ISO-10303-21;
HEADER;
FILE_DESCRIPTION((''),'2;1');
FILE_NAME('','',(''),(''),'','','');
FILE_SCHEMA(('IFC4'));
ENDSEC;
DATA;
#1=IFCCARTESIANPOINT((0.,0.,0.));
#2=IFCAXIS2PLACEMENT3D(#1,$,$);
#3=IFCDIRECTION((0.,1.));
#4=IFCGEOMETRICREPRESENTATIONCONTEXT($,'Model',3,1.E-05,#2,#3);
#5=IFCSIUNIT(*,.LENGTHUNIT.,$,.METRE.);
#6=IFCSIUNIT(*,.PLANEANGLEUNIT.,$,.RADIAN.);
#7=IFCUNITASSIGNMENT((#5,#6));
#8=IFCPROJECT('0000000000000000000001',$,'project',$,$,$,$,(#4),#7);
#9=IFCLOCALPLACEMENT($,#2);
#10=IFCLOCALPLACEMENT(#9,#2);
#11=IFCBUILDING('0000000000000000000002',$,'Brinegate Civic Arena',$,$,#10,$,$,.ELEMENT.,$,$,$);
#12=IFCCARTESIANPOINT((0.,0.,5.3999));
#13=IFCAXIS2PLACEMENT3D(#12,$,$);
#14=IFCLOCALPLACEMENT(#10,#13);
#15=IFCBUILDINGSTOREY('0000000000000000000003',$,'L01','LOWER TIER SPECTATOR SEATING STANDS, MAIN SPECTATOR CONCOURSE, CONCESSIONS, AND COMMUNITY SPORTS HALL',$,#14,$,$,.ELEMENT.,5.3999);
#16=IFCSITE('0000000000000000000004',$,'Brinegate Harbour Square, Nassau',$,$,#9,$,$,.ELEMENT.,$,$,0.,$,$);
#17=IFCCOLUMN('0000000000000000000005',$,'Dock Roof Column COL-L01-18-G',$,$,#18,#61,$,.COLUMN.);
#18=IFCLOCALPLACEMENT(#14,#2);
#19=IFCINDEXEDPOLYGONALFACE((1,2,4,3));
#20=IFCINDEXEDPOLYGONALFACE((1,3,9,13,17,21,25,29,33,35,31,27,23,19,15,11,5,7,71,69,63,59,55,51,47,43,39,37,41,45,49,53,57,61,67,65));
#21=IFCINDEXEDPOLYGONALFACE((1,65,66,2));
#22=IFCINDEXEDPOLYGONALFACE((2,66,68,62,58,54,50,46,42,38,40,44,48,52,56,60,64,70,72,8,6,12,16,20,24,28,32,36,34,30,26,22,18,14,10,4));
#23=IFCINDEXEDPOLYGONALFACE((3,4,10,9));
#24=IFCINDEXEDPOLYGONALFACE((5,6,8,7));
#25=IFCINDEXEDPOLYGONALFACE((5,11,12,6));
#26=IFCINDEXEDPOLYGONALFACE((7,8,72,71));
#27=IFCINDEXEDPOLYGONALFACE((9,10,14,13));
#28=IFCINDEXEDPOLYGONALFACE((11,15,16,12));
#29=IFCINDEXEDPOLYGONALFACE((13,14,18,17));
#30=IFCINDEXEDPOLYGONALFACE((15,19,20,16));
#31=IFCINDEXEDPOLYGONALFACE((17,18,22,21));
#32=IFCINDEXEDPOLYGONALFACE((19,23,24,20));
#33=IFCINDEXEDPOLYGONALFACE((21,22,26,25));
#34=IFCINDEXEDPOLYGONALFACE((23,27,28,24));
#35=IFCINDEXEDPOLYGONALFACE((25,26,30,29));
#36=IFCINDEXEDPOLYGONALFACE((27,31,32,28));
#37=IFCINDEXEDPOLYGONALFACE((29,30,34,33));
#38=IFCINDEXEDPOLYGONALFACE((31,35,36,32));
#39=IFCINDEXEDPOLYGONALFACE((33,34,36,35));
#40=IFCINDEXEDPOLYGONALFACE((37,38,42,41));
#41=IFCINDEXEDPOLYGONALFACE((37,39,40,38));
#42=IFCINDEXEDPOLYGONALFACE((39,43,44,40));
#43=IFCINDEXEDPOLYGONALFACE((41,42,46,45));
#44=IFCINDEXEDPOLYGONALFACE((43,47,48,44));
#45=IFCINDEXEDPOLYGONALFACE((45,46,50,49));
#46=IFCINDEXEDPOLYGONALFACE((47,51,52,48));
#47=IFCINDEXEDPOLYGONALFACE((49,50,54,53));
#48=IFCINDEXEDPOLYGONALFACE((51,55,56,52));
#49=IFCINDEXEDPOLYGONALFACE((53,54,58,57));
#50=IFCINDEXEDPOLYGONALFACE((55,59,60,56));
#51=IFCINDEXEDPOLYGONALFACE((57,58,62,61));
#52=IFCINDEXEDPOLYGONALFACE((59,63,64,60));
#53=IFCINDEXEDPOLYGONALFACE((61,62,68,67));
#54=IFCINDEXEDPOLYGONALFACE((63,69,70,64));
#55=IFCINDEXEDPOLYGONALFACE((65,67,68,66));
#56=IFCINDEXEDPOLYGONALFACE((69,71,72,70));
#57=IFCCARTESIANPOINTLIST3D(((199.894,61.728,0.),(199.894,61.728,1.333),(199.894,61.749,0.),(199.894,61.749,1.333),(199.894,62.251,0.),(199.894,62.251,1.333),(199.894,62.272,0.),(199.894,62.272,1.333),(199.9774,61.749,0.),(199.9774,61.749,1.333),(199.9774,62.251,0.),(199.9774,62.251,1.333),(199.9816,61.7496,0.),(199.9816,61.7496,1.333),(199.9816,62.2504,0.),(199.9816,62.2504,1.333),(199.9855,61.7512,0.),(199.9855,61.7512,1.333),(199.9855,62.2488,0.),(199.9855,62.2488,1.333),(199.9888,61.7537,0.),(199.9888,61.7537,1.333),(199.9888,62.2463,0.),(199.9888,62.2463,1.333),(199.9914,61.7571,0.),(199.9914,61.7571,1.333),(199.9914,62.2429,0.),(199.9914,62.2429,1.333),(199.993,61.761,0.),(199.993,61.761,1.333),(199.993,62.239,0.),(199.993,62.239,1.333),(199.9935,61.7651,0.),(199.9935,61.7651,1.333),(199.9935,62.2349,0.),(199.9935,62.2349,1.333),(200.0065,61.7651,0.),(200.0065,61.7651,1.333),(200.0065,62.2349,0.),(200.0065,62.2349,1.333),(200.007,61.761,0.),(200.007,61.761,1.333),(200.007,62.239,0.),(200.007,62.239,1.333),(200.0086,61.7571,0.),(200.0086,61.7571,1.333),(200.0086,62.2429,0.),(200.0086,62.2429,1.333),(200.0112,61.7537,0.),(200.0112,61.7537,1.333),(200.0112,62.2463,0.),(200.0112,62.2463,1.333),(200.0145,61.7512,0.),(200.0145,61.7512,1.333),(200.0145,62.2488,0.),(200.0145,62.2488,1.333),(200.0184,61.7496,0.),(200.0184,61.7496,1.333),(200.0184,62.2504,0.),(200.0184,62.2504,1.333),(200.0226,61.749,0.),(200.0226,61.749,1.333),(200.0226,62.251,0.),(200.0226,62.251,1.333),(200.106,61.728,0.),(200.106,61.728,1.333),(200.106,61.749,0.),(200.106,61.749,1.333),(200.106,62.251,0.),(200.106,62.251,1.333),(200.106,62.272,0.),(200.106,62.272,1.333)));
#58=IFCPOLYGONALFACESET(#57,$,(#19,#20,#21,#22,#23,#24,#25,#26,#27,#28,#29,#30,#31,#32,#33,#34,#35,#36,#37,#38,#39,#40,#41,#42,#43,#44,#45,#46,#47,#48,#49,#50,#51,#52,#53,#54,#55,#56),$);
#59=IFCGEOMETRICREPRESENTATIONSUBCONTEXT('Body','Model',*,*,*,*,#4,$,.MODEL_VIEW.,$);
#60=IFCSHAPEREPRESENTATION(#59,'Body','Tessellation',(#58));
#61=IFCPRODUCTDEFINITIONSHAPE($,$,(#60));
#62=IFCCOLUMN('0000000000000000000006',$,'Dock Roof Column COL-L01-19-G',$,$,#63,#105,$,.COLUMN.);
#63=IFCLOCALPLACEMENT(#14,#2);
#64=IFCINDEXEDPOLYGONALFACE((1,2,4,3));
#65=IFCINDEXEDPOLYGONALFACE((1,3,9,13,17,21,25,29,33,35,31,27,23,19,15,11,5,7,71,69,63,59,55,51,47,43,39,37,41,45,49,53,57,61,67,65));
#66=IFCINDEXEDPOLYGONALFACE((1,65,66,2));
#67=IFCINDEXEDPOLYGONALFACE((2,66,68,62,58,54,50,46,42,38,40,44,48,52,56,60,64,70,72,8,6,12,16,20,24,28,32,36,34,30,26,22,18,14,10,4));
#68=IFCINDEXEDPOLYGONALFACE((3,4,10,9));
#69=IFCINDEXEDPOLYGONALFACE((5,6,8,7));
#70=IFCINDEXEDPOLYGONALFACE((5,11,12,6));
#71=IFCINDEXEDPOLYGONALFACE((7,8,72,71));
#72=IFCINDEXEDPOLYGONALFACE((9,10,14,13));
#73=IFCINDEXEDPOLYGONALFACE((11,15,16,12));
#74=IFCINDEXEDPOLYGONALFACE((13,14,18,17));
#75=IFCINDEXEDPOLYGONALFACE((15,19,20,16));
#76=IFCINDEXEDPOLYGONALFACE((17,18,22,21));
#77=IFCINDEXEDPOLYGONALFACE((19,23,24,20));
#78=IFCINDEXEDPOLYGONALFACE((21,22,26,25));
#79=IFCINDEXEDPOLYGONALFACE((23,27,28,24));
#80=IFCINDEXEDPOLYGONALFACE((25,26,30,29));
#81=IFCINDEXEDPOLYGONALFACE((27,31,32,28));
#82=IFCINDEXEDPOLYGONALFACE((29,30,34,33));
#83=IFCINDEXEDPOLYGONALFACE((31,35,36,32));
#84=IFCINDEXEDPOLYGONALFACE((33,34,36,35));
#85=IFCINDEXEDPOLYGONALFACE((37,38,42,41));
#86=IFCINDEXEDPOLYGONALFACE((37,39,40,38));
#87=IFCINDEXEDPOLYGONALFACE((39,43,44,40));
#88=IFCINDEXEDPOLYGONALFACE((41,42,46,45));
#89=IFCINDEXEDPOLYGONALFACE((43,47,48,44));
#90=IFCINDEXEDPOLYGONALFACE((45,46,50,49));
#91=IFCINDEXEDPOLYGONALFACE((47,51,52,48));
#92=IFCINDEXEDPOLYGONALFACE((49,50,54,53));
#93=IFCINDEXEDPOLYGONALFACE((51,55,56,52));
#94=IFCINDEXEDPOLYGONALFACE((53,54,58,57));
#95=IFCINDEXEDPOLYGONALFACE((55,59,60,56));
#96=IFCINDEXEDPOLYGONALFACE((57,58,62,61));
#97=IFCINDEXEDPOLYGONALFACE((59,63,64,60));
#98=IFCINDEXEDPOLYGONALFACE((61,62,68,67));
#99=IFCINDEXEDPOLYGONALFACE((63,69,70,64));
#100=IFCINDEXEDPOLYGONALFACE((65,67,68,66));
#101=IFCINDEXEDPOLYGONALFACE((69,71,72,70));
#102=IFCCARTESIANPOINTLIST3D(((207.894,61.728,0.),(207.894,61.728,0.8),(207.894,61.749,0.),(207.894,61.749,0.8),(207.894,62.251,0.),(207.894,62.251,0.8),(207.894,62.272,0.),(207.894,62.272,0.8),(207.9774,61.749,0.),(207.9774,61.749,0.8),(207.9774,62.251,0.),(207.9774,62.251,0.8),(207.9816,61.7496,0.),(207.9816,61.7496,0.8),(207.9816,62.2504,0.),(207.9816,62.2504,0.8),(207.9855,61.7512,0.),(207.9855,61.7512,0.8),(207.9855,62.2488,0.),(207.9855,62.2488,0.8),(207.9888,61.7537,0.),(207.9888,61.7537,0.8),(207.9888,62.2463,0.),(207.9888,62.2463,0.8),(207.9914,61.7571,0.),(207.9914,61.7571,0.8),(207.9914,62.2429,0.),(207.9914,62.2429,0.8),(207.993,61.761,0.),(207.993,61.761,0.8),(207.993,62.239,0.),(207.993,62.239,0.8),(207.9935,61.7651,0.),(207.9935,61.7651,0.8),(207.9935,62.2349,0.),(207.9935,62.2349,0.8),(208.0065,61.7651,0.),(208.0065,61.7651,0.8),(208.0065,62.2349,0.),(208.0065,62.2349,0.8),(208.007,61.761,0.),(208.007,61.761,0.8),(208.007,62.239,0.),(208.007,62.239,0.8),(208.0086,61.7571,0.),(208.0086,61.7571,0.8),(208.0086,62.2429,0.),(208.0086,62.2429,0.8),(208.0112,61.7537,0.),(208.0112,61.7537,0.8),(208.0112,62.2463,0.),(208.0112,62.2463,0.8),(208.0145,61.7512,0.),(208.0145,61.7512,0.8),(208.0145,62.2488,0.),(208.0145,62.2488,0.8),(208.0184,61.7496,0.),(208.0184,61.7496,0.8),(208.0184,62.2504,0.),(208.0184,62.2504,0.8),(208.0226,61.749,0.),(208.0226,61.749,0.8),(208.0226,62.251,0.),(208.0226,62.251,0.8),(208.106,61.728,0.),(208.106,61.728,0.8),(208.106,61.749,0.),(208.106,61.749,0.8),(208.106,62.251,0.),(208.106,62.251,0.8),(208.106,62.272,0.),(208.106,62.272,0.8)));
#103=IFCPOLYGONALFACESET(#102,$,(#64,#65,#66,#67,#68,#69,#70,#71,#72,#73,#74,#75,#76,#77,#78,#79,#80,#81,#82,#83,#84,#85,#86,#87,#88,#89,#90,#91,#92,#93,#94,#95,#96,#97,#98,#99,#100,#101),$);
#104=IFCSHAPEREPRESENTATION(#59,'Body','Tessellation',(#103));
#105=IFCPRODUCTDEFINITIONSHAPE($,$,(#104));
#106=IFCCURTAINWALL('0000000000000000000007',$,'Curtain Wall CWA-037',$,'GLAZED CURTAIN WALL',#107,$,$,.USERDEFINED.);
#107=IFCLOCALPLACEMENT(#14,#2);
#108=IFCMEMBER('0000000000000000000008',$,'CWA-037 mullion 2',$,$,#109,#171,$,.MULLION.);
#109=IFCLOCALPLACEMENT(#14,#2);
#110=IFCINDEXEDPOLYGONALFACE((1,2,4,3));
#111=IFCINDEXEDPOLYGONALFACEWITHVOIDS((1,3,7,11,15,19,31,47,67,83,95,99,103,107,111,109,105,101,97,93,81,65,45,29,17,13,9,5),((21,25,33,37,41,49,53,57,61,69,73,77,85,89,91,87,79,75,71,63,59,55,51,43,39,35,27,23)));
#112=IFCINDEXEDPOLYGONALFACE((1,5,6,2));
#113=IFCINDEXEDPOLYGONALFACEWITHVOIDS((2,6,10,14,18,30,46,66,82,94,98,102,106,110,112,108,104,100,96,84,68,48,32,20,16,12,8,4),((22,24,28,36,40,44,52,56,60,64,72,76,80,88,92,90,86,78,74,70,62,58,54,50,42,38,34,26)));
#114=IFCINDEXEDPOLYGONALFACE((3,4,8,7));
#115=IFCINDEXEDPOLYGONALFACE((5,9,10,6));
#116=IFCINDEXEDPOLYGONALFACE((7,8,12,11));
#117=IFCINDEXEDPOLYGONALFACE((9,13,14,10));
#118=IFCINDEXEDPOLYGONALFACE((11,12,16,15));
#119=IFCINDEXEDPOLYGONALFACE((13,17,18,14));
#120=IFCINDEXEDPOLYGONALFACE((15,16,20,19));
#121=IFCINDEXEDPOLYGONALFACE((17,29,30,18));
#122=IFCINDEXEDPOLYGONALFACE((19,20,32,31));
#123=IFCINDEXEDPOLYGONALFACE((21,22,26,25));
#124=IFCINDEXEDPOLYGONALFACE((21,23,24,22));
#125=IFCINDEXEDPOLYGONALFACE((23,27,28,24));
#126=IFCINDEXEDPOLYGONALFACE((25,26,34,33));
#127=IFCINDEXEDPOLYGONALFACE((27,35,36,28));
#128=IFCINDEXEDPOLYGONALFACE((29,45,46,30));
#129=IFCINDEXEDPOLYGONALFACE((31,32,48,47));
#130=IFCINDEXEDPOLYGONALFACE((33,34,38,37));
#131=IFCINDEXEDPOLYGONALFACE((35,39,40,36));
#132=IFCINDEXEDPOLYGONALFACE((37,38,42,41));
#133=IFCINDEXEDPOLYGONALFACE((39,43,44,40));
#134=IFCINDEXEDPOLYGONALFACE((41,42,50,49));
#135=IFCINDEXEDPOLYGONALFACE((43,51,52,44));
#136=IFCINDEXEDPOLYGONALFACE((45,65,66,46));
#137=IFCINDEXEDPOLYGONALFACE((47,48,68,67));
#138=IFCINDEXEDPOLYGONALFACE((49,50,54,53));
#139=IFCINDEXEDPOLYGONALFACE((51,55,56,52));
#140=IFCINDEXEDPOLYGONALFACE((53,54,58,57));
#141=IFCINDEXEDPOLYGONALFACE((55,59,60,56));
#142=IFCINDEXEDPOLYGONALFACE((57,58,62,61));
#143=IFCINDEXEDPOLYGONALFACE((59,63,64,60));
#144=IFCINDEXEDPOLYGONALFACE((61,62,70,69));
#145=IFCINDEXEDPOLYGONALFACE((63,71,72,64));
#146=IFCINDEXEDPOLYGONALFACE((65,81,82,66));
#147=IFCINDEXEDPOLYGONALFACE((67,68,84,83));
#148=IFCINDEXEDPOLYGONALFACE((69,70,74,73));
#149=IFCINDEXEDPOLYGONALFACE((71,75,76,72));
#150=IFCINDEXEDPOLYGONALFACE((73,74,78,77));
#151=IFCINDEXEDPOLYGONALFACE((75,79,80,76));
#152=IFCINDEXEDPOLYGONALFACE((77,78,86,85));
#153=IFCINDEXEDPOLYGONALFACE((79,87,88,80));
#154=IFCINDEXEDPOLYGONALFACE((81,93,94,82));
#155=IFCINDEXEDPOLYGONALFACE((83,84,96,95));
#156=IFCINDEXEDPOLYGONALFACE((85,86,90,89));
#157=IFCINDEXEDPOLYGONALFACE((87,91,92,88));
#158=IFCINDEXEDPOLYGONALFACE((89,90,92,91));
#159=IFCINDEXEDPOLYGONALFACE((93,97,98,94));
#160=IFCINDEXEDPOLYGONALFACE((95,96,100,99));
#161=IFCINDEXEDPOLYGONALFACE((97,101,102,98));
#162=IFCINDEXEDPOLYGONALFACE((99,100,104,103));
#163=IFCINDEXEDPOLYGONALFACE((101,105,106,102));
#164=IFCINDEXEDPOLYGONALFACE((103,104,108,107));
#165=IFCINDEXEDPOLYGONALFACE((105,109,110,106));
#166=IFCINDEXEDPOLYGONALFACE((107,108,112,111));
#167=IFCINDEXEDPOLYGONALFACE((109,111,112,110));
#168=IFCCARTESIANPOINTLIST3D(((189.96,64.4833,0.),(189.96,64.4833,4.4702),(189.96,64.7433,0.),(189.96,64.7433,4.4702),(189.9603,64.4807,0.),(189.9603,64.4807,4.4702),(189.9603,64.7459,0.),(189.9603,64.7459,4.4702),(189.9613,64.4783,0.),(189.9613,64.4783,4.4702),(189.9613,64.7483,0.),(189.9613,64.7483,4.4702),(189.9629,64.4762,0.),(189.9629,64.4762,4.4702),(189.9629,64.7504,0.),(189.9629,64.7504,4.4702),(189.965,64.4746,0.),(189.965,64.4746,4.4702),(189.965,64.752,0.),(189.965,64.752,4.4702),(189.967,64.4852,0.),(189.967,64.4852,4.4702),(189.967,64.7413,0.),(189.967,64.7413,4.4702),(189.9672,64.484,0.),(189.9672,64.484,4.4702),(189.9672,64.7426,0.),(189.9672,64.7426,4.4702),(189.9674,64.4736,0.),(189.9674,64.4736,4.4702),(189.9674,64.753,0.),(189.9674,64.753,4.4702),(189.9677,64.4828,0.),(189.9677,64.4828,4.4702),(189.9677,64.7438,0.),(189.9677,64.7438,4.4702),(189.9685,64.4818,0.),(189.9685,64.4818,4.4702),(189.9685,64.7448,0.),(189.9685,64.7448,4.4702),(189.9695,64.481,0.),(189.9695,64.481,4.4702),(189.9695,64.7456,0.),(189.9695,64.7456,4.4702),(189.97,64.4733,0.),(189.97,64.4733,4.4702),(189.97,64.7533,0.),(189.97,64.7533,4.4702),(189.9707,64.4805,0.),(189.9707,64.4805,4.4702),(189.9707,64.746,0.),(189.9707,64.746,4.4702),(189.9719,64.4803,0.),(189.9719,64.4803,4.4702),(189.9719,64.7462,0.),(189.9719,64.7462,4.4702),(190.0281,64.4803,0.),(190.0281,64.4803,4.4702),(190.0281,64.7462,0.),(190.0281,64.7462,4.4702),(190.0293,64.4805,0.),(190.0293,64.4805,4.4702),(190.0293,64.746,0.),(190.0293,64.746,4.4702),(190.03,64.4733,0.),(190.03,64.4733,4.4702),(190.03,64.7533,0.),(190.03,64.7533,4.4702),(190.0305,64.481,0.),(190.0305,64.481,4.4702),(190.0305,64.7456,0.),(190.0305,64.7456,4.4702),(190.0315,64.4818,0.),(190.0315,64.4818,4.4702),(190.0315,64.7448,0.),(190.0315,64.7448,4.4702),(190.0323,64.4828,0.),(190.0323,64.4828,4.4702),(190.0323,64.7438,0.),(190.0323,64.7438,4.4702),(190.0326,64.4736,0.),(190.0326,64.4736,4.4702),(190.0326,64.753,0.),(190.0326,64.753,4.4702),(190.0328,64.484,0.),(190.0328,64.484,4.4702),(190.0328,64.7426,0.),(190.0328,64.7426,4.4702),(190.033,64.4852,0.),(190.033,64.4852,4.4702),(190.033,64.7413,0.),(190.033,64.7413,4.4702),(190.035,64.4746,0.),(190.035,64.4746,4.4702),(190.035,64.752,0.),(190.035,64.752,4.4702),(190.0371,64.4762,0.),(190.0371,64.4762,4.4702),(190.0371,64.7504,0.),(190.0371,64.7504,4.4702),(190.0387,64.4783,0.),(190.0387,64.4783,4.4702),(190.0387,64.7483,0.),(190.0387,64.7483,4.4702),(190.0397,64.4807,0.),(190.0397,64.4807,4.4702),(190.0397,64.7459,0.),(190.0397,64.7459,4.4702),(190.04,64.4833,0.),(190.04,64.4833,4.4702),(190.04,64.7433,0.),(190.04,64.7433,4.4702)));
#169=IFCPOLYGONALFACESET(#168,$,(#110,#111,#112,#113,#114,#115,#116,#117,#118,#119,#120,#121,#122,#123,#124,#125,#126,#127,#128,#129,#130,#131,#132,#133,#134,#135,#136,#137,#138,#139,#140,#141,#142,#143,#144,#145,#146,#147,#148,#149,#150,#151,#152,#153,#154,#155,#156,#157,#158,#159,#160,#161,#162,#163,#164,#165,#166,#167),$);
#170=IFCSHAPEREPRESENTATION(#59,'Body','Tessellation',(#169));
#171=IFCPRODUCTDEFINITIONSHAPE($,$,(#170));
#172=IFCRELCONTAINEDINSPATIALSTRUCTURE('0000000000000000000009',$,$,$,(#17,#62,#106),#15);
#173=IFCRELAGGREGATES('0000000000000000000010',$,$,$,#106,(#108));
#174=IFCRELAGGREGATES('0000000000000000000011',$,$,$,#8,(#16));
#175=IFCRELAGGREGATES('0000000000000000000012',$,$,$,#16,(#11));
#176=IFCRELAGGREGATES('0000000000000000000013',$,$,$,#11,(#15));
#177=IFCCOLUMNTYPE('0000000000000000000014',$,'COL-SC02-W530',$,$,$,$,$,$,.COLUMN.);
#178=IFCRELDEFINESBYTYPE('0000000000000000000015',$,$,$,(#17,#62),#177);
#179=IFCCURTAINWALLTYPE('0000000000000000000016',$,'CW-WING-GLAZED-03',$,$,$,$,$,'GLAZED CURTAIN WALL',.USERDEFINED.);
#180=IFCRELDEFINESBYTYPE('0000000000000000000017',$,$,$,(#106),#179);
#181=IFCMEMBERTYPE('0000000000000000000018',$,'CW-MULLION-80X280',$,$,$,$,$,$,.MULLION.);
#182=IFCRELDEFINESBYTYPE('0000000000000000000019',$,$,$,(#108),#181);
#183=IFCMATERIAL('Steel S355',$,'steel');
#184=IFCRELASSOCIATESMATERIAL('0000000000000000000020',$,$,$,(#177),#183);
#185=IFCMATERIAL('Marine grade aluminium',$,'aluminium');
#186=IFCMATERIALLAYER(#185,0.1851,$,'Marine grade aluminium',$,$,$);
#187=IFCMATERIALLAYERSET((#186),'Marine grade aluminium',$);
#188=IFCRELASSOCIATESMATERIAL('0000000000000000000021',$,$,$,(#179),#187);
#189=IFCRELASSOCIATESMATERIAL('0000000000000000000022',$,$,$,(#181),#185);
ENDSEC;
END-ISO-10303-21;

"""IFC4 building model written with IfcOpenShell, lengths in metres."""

from ifc_helpers import new_model, si_unit, direction, frame, origin, origin_2d, place, context, subcontext, project, spatial, hollow_rectangle, i_section, extrude, material, layer, layer_set, material_profile, profile_set, type_object, element, aggregate, save


model = new_model("IFC4")

# Units and contexts
model_context = context("Model", 3, precision=1e-05, world=origin(), true_north=direction((0.0, 1.0)))
body_context = subcontext(model_context, "Body", "Model", "MODEL_VIEW")
ifc_project = project(units=[si_unit("LENGTHUNIT", "METRE"), si_unit("PLANEANGLEUNIT", "RADIAN")], contexts=[model_context])

# Site, building, storey
site_placement = place(None, origin())
site = spatial("IfcSite", under=ifc_project, at=site_placement, Name="Brinegate Harbour Square, Nassau", CompositionType="ELEMENT", RefElevation=0.0)
building_placement = place(site_placement, origin())
building = spatial("IfcBuilding", under=site, at=building_placement, Name="Brinegate Civic Arena", CompositionType="ELEMENT")
storey_placement = place(building_placement, frame((0.0, 0.0, 5.3999)))
storey = spatial("IfcBuildingStorey", under=building, at=storey_placement, Name="L01", Description="LOWER TIER SPECTATOR SEATING STANDS, MAIN SPECTATOR CONCOURSE, CONCESSIONS, AND COMMUNITY SPORTS HALL", CompositionType="ELEMENT", Elevation=5.3999)

# Columns
ifc_material_1 = material(Name="Steel S355", Category="steel")
ifc_material_profile_1 = material_profile(ifc_material_1, i_section(OverallWidth=0.2119, OverallDepth=0.5439, WebThickness=0.0129, FlangeThickness=0.021, FilletRadius=0.0161, at=origin_2d()), Name="W530X123")
ifc_profile_set_1 = profile_set([ifc_material_profile_1], Name="Steel S355")
column_type = type_object("IfcColumnType", Name="COL-SC02-W530", PredefinedType="COLUMN", material=ifc_profile_set_1)
column_1_placement = place(storey_placement, frame((200.0, 62.0, 0.0), z_axis=(0.0, 0.0, 1.0), x_axis=(1.0, 0.0, 0.0)))
element("IfcColumn", 1, at=column_1_placement, inside=storey, type_object=column_type, Name="Dock Roof Column COL-L01-18-G", PredefinedType="COLUMN", context=body_context, shape_type="SweptSolid", body=[
    extrude(i_section(OverallWidth=0.2119, OverallDepth=0.5439, WebThickness=0.0129, FlangeThickness=0.021, FilletRadius=0.0161, at=origin_2d()), origin(), (0.0, 0.0, 1.0), 1.333),
])
column_2_placement = place(storey_placement, frame((208.0, 62.0, 0.0), z_axis=(0.0, 0.0, 1.0), x_axis=(1.0, 0.0, 0.0)))
element("IfcColumn", 2, at=column_2_placement, inside=storey, type_object=column_type, Name="Dock Roof Column COL-L01-19-G", PredefinedType="COLUMN", context=body_context, shape_type="SweptSolid", body=[
    extrude(i_section(OverallWidth=0.2119, OverallDepth=0.5439, WebThickness=0.0129, FlangeThickness=0.021, FilletRadius=0.0161, at=origin_2d()), origin(), (0.0, 0.0, 1.0), 0.8),
])

# Curtain wall, member
ifc_material_2 = material(Name="Marine grade aluminium", Category="aluminium")
ifc_layer_1 = layer(ifc_material_2, 0.1851, Name="Marine grade aluminium")
ifc_layer_set_1 = layer_set([ifc_layer_1], Name="Marine grade aluminium")
curtain_wall_type = type_object("IfcCurtainWallType", Name="CW-WING-GLAZED-03", ElementType="GLAZED CURTAIN WALL", PredefinedType="USERDEFINED", material=ifc_layer_set_1)
curtain_wall_placement = place(storey_placement, origin())
curtain_wall = element("IfcCurtainWall", 3, at=curtain_wall_placement, inside=storey, type_object=curtain_wall_type, Name="Curtain Wall CWA-037", ObjectType="GLAZED CURTAIN WALL", PredefinedType="USERDEFINED")
ifc_material_profile_2 = material_profile(ifc_material_2, hollow_rectangle(XDim=0.0801, YDim=0.28, WallThickness=0.0071, InnerFilletRadius=0.0049, OuterFilletRadius=0.01, at=origin_2d()), Name="MUL80X280")
ifc_profile_set_2 = profile_set([ifc_material_profile_2], Name="Marine grade aluminium")
member_type_1 = type_object("IfcMemberType", Name="CW-MULLION-80X280", PredefinedType="MULLION", material=ifc_profile_set_2)
member_1_placement = place(storey_placement, frame((190.0, 64.6133, 0.0), z_axis=(0.0, 0.0, 1.0), x_axis=(-1.0, 0.0, 0.0)))
member_1 = element("IfcMember", 4, at=member_1_placement, type_object=member_type_1, Name="CWA-037 mullion 2", PredefinedType="MULLION", context=body_context, shape_type="SweptSolid", body=[
    extrude(hollow_rectangle(XDim=0.0801, YDim=0.28, WallThickness=0.0071, InnerFilletRadius=0.0049, OuterFilletRadius=0.01, at=origin_2d()), origin(), (0.0, 0.0, 1.0), 4.4702),
])

aggregate(curtain_wall, [member_1])

save(model, "model.ifc")
